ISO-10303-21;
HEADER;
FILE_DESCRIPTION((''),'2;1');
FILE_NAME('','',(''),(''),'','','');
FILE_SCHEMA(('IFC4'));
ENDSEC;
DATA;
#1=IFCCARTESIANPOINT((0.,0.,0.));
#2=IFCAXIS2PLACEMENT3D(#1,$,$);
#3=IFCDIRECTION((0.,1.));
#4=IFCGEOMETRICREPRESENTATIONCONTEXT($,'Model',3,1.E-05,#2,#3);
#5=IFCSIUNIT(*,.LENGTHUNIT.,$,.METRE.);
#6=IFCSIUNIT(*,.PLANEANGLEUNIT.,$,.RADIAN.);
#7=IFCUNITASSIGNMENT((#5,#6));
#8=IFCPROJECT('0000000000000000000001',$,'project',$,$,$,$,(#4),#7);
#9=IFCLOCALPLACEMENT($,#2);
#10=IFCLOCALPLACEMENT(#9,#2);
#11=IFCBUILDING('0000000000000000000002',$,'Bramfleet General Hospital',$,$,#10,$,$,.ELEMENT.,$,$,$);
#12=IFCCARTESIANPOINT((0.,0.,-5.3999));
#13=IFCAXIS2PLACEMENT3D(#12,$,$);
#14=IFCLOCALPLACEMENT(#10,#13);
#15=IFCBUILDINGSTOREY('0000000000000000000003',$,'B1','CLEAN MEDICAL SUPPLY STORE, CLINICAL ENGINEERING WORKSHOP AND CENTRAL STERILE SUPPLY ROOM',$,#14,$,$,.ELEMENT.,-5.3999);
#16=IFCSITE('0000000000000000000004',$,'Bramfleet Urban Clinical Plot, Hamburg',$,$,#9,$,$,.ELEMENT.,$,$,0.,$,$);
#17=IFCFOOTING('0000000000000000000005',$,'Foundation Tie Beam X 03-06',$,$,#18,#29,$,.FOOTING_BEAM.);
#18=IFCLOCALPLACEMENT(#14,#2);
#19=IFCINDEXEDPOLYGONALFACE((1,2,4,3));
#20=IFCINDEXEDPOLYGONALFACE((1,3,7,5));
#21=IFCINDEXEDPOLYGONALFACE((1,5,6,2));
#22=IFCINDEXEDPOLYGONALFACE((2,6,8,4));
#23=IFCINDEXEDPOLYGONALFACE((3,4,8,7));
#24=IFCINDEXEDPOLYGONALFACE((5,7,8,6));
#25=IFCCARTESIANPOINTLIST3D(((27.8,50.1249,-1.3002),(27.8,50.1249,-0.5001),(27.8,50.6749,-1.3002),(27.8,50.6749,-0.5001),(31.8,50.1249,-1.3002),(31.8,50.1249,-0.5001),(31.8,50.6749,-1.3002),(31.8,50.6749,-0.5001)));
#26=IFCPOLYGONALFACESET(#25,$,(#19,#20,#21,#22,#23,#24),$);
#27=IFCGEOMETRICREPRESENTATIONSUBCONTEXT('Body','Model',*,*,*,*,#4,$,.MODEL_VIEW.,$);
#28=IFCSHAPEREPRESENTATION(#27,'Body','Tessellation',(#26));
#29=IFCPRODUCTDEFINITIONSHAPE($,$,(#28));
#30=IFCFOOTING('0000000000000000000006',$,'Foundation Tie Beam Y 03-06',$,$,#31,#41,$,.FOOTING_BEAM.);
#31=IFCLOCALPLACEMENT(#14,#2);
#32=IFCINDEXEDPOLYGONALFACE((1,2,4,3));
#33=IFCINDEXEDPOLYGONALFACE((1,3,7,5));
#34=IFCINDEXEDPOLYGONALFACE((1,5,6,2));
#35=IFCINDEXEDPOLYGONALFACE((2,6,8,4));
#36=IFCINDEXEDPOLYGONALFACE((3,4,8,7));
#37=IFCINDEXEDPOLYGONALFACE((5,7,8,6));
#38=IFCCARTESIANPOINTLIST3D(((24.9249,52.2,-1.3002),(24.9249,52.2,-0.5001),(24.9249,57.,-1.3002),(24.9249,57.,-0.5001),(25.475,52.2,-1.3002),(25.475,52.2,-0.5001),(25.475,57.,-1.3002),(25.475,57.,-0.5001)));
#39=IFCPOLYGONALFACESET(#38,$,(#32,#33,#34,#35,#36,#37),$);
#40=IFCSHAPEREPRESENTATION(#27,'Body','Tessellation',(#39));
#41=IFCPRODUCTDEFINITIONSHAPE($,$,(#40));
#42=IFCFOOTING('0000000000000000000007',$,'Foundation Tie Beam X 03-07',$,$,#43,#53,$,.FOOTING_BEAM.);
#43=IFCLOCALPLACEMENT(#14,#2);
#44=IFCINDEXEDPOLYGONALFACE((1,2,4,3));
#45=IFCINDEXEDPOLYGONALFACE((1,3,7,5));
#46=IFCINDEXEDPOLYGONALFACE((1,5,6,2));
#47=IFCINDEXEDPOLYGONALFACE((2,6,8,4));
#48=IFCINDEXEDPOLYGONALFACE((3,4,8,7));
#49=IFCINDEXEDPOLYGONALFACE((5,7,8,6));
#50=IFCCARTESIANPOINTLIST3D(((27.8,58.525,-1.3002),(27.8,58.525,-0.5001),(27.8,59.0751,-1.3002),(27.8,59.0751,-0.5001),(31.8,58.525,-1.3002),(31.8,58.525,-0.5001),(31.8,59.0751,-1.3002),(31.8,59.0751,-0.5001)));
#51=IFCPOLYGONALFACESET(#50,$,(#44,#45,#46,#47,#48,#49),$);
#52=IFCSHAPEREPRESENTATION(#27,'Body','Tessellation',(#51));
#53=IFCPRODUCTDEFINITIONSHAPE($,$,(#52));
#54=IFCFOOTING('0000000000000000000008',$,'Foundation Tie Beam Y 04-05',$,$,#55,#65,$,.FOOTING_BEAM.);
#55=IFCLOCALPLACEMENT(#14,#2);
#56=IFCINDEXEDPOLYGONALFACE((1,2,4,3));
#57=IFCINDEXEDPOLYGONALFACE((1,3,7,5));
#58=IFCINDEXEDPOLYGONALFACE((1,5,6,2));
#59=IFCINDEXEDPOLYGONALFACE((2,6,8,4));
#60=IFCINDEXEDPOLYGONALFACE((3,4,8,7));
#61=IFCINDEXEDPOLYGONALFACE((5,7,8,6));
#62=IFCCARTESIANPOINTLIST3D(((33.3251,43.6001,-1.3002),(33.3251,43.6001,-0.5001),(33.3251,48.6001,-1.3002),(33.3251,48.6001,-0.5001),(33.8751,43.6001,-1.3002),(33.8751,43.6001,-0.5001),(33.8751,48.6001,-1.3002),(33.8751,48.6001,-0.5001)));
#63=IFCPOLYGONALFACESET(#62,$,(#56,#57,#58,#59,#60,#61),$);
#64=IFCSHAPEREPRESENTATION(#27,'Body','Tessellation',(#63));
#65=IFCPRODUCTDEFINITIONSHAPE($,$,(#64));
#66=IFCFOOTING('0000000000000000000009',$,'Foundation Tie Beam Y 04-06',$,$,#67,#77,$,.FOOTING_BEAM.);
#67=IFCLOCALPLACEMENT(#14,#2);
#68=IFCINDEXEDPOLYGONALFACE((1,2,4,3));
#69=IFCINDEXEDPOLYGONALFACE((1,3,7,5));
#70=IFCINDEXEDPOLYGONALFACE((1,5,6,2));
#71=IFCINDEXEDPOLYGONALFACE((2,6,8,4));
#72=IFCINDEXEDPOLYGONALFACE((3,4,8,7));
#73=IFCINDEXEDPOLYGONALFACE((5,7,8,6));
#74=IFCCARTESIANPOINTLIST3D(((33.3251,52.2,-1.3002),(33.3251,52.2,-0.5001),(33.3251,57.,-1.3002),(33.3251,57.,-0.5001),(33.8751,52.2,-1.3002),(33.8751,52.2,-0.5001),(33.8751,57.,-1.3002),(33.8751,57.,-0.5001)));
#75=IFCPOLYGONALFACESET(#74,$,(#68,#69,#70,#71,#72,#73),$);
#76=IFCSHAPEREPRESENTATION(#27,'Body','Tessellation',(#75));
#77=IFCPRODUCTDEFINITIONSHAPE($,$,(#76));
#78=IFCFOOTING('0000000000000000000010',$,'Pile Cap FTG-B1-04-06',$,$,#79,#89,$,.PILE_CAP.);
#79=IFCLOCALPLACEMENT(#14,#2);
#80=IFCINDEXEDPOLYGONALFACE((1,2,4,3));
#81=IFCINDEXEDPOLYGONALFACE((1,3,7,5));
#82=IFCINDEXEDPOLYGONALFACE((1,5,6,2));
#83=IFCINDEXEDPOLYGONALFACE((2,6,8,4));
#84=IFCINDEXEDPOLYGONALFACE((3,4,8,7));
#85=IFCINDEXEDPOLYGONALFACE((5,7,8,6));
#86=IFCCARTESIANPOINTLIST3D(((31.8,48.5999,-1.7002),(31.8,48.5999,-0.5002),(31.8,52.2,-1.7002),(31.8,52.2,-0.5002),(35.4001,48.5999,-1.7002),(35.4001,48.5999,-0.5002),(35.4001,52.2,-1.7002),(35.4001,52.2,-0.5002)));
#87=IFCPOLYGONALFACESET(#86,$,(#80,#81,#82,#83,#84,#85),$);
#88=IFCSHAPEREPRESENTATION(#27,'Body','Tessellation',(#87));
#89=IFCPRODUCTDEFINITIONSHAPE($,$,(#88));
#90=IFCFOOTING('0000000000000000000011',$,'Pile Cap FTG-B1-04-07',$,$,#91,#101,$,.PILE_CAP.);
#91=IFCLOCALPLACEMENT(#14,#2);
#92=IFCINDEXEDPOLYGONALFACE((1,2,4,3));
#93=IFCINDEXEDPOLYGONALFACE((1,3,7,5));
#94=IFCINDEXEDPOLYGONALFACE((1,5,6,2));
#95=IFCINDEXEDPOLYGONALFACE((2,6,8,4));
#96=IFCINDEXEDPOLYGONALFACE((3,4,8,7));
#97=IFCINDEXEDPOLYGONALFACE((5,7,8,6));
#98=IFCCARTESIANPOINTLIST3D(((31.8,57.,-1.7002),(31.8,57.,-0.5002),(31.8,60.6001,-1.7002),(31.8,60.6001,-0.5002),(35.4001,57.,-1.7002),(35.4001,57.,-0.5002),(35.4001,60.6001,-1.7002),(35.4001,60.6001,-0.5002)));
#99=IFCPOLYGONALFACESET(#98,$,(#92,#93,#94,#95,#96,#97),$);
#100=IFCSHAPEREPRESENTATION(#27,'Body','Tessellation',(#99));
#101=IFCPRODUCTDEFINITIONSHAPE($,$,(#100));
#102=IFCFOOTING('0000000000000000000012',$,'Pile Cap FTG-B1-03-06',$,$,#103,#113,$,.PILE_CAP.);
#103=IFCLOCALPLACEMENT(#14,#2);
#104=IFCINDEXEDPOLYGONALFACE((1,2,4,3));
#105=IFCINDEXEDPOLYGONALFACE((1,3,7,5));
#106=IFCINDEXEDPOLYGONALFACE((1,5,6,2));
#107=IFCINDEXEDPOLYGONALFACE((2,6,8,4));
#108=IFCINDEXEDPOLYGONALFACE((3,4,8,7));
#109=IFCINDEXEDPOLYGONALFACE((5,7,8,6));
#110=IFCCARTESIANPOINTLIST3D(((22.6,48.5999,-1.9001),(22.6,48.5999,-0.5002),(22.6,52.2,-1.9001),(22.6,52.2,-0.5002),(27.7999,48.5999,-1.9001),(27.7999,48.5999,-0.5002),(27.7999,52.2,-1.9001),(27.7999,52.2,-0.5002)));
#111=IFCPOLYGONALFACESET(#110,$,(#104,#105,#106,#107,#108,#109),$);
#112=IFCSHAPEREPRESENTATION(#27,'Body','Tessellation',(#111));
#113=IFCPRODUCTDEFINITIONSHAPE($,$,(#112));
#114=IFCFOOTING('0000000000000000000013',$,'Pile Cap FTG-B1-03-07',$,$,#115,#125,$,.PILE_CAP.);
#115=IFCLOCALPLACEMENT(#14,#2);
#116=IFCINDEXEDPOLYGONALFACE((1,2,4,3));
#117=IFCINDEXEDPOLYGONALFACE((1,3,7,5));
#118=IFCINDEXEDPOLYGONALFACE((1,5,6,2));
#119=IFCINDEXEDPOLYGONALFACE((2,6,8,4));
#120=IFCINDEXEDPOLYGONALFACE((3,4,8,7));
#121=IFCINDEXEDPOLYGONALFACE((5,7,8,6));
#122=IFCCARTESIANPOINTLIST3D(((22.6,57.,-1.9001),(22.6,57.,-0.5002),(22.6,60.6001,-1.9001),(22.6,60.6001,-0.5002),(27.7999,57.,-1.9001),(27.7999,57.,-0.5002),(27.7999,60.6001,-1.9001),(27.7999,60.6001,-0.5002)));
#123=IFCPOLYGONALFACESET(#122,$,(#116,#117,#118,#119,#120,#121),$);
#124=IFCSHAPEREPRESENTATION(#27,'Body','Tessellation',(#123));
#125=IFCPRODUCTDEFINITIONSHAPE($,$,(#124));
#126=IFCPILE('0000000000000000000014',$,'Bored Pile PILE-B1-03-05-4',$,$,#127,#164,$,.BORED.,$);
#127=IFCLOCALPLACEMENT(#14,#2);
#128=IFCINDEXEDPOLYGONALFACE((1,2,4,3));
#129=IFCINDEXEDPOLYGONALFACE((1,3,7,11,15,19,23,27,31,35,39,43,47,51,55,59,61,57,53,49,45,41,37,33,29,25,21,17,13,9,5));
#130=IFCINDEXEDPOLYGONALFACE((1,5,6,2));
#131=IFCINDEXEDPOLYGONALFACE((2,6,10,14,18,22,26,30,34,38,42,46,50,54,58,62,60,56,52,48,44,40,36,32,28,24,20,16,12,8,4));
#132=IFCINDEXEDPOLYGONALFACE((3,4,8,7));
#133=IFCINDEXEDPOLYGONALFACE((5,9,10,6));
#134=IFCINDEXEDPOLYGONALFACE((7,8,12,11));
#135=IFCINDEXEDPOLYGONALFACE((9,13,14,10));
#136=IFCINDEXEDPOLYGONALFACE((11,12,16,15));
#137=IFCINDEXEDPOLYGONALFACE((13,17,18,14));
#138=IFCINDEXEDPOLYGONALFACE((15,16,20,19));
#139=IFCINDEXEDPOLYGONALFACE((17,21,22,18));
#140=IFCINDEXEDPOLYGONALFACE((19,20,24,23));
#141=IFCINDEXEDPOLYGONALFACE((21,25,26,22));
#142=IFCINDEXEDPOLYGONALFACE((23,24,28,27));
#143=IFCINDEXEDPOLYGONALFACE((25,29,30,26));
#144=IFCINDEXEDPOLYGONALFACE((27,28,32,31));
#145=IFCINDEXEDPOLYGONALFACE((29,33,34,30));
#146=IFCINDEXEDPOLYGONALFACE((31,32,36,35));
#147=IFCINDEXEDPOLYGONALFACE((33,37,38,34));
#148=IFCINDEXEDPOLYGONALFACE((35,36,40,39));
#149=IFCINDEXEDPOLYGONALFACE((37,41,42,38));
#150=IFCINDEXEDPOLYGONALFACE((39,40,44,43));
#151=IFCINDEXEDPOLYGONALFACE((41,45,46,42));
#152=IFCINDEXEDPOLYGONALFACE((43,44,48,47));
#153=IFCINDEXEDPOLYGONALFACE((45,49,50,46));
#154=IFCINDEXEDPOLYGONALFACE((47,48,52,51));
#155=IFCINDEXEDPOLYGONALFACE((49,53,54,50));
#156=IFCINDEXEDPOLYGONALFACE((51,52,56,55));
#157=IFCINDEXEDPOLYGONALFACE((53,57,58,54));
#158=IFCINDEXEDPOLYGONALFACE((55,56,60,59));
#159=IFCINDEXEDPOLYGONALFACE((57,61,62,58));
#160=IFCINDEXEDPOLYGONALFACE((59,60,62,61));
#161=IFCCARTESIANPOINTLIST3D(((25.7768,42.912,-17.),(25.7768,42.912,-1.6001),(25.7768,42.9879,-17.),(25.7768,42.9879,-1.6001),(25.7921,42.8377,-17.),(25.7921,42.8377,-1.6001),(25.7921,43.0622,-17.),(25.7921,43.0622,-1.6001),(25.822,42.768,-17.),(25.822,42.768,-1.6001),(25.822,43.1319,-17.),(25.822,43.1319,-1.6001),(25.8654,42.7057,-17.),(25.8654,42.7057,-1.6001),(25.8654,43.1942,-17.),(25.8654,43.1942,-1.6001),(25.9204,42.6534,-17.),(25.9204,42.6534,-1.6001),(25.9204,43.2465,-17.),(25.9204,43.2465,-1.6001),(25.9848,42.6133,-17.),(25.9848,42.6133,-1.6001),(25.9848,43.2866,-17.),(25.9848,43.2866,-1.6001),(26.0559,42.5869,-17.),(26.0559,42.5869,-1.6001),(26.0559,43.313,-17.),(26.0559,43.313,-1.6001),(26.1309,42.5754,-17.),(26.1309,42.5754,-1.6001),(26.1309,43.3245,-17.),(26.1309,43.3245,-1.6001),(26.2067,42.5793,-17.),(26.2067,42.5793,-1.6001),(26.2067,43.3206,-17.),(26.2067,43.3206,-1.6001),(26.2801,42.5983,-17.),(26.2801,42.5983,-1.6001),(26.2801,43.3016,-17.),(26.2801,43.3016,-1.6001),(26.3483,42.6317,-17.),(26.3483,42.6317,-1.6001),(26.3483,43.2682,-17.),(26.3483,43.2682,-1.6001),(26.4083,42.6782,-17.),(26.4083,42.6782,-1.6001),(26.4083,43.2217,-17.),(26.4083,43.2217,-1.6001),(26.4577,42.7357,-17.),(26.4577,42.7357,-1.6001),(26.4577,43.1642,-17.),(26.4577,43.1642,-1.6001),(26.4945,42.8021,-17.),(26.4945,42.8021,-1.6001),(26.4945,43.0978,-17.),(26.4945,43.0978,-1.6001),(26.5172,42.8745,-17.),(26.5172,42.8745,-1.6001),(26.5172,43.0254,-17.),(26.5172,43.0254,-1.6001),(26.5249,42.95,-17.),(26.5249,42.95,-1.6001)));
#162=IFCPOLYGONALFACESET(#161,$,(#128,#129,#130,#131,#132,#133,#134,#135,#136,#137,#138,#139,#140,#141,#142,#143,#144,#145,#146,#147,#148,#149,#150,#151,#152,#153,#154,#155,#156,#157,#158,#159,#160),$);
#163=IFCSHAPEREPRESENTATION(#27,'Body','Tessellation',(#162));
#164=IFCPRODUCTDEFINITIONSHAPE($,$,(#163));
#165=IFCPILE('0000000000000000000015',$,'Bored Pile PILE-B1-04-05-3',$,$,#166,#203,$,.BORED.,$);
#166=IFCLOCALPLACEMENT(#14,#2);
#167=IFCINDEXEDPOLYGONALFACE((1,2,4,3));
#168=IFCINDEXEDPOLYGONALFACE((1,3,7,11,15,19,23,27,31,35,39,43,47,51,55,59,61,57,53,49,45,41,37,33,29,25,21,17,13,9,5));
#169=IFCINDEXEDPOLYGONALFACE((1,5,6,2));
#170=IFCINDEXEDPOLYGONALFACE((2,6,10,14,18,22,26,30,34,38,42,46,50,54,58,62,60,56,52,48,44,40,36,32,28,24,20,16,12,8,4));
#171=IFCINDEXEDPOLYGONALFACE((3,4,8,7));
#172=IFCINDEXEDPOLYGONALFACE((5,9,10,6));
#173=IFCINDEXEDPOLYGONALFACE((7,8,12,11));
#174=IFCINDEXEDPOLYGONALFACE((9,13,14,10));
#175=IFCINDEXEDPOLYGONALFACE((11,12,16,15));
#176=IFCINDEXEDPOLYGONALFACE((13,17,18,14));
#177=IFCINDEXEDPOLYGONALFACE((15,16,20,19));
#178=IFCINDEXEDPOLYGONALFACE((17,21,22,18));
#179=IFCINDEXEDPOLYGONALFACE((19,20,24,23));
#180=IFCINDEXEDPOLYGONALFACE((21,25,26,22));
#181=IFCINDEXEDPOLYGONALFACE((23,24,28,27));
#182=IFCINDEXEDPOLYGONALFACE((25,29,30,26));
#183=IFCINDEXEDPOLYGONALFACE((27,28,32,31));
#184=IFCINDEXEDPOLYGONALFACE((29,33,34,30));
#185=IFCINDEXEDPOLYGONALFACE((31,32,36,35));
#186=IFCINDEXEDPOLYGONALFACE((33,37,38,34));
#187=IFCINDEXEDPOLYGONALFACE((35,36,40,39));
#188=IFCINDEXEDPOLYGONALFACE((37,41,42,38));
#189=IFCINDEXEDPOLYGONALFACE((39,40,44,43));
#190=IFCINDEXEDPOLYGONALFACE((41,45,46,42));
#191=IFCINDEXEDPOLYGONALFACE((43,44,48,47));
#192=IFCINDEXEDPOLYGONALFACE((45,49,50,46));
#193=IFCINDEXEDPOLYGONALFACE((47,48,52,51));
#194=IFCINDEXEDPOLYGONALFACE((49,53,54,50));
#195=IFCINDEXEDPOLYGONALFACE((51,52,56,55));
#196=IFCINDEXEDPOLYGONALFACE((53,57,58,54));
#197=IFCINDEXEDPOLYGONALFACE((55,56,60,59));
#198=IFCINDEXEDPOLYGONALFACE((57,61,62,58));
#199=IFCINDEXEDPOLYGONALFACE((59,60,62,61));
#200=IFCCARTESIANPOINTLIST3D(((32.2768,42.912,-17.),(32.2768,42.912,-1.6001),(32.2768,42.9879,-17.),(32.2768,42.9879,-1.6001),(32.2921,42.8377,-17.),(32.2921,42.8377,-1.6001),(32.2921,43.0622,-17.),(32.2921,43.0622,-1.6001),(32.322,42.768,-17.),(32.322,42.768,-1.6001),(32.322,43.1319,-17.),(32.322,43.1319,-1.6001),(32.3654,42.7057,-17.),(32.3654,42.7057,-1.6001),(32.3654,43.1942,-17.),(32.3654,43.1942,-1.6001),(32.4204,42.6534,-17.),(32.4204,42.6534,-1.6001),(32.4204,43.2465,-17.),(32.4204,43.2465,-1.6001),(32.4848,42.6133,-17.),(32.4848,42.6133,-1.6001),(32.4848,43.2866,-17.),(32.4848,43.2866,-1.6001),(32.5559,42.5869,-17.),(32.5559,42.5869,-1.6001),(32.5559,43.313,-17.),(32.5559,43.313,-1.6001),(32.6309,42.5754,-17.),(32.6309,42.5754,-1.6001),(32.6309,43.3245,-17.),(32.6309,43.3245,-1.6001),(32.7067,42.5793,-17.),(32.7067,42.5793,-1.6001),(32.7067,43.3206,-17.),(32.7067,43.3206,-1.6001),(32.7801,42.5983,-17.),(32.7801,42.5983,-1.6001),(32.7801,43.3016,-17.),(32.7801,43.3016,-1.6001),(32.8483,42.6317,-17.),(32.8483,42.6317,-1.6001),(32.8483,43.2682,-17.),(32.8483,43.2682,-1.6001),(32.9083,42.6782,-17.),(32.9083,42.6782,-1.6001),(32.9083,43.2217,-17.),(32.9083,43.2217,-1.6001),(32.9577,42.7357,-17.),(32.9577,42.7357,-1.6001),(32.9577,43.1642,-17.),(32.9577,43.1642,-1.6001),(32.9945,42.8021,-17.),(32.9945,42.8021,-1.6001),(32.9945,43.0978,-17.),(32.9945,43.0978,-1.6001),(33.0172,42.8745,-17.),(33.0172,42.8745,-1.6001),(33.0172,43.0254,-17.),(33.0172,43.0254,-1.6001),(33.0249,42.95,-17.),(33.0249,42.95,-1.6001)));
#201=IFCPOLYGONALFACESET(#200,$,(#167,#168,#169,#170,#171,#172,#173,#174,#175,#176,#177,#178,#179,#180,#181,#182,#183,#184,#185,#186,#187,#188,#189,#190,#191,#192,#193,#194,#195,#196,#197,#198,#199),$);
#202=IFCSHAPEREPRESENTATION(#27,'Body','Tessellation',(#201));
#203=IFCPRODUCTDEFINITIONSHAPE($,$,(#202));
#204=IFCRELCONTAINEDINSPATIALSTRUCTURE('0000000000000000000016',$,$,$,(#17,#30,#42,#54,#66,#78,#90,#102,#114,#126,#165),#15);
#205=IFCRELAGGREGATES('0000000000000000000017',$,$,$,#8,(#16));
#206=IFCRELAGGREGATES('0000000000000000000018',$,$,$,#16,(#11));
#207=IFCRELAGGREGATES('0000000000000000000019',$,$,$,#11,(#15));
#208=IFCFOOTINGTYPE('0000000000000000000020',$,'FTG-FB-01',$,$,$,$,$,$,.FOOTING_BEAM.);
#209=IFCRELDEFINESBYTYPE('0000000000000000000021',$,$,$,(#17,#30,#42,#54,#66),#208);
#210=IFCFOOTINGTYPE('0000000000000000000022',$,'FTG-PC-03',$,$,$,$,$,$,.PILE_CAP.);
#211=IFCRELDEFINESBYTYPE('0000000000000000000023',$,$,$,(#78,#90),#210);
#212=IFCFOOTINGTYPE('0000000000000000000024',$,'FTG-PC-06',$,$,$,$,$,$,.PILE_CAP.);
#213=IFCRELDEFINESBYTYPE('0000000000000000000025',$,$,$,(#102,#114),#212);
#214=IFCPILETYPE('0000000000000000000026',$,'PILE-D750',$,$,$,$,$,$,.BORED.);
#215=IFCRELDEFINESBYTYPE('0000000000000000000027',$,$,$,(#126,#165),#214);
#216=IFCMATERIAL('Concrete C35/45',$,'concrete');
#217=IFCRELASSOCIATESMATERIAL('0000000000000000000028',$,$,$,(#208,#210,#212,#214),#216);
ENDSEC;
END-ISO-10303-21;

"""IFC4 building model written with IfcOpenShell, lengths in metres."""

from ifc_helpers import new_model, si_unit, direction, frame, origin, origin_2d, place, context, subcontext, project, spatial, rectangle, circle, extrude, material, material_profile, profile_set, type_object, element, save


model = new_model("IFC4")

# Units and contexts
model_context = context("Model", 3, precision=1e-05, world=origin(), true_north=direction((0.0, 1.0)))
body_context = subcontext(model_context, "Body", "Model", "MODEL_VIEW")
ifc_project = project(units=[si_unit("LENGTHUNIT", "METRE"), si_unit("PLANEANGLEUNIT", "RADIAN")], contexts=[model_context])

# Site, building, storey
site_placement = place(None, origin())
site = spatial("IfcSite", under=ifc_project, at=site_placement, Name="Bramfleet Urban Clinical Plot, Hamburg", CompositionType="ELEMENT", RefElevation=0.0)
building_placement = place(site_placement, origin())
building = spatial("IfcBuilding", under=site, at=building_placement, Name="Bramfleet General Hospital", CompositionType="ELEMENT")
storey_placement = place(building_placement, frame((0.0, 0.0, -5.3999)))
storey = spatial("IfcBuildingStorey", under=building, at=storey_placement, Name="B1", Description="CLEAN MEDICAL SUPPLY STORE, CLINICAL ENGINEERING WORKSHOP AND CENTRAL STERILE SUPPLY ROOM", CompositionType="ELEMENT", Elevation=-5.3999)

# Footings
ifc_material_1 = material(Name="Concrete C35/45", Category="concrete")
ifc_material_profile_1 = material_profile(ifc_material_1, rectangle(XDim=0.55, YDim=0.8, at=origin_2d()), Name="RC FB 800x550")
ifc_profile_set_1 = profile_set([ifc_material_profile_1], Name="Concrete C35/45")
footing_type_1 = type_object("IfcFootingType", Name="FTG-FB-01", PredefinedType="FOOTING_BEAM", material=ifc_profile_set_1)
footing_1_placement = place(storey_placement, frame((27.8, 50.3999, -0.9001), z_axis=(1.0, 0.0, 0.0), x_axis=(0.0, 1.0, 0.0)))
element("IfcFooting", 1, at=footing_1_placement, inside=storey, type_object=footing_type_1, Name="Foundation Tie Beam X 03-06", PredefinedType="FOOTING_BEAM", context=body_context, shape_type="SweptSolid", body=[
    extrude(rectangle(XDim=0.55, YDim=0.8, at=origin_2d()), origin(), (0.0, 0.0, 1.0), 4.0),
])
footing_2_placement = place(storey_placement, frame((25.2, 52.2, -0.9001), z_axis=(0.0, 1.0, 0.0), x_axis=(-1.0, 0.0, 0.0)))
element("IfcFooting", 2, at=footing_2_placement, inside=storey, type_object=footing_type_1, Name="Foundation Tie Beam Y 03-06", PredefinedType="FOOTING_BEAM", context=body_context, shape_type="SweptSolid", body=[
    extrude(rectangle(XDim=0.55, YDim=0.8, at=origin_2d()), origin(), (0.0, 0.0, 1.0), 4.8),
])
footing_3_placement = place(storey_placement, frame((27.8, 58.8, -0.9001), z_axis=(1.0, 0.0, 0.0), x_axis=(0.0, 1.0, 0.0)))
element("IfcFooting", 3, at=footing_3_placement, inside=storey, type_object=footing_type_1, Name="Foundation Tie Beam X 03-07", PredefinedType="FOOTING_BEAM", context=body_context, shape_type="SweptSolid", body=[
    extrude(rectangle(XDim=0.55, YDim=0.8, at=origin_2d()), origin(), (0.0, 0.0, 1.0), 4.0),
])
footing_4_placement = place(storey_placement, frame((33.6001, 43.6001, -0.9001), z_axis=(0.0, 1.0, 0.0), x_axis=(-1.0, 0.0, 0.0)))
element("IfcFooting", 4, at=footing_4_placement, inside=storey, type_object=footing_type_1, Name="Foundation Tie Beam Y 04-05", PredefinedType="FOOTING_BEAM", context=body_context, shape_type="SweptSolid", body=[
    extrude(rectangle(XDim=0.55, YDim=0.8, at=origin_2d()), origin(), (0.0, 0.0, 1.0), 5.0),
])
footing_5_placement = place(storey_placement, frame((33.6001, 52.2, -0.9001), z_axis=(0.0, 1.0, 0.0), x_axis=(-1.0, 0.0, 0.0)))
element("IfcFooting", 5, at=footing_5_placement, inside=storey, type_object=footing_type_1, Name="Foundation Tie Beam Y 04-06", PredefinedType="FOOTING_BEAM", context=body_context, shape_type="SweptSolid", body=[
    extrude(rectangle(XDim=0.55, YDim=0.8, at=origin_2d()), origin(), (0.0, 0.0, 1.0), 4.8),
])
footing_type_2 = type_object("IfcFootingType", Name="FTG-PC-03", PredefinedType="PILE_CAP", material=ifc_material_1)
for number, where, z_axis, x_axis, name in (
    (6, (33.6001, 50.3999, -1.7002), (0.0, 0.0, 1.0), (1.0, 0.0, 0.0), "Pile Cap FTG-B1-04-06"),
    (7, (33.6001, 58.8, -1.7002), (0.0, 0.0, 1.0), (1.0, 0.0, 0.0), "Pile Cap FTG-B1-04-07"),
):
    element("IfcFooting", number, at=place(storey_placement, frame(where, z_axis=z_axis, x_axis=x_axis)), inside=storey, type_object=footing_type_2, Name=name, PredefinedType="PILE_CAP", context=body_context, shape_type="SweptSolid", body=[
        extrude(rectangle(XDim=3.6001, YDim=3.6001, at=origin_2d()), origin(), (0.0, 0.0, 1.0), 1.2),
    ])
footing_type_3 = type_object("IfcFootingType", Name="FTG-PC-06", PredefinedType="PILE_CAP", material=ifc_material_1)
for number, where, z_axis, x_axis, name in (
    (8, (25.2, 50.3999, -1.9001), (0.0, 0.0, 1.0), (1.0, 0.0, 0.0), "Pile Cap FTG-B1-03-06"),
    (9, (25.2, 58.8, -1.9001), (0.0, 0.0, 1.0), (1.0, 0.0, 0.0), "Pile Cap FTG-B1-03-07"),
):
    element("IfcFooting", number, at=place(storey_placement, frame(where, z_axis=z_axis, x_axis=x_axis)), inside=storey, type_object=footing_type_3, Name=name, PredefinedType="PILE_CAP", context=body_context, shape_type="SweptSolid", body=[
        extrude(rectangle(XDim=5.2, YDim=3.6001, at=origin_2d()), origin(), (0.0, 0.0, 1.0), 1.3999),
    ])

# Piles
ifc_material_profile_2 = material_profile(ifc_material_1, circle(Radius=0.375, at=origin_2d()), Name="PILE BORED D750")
ifc_profile_set_2 = profile_set([ifc_material_profile_2], Name="Concrete C35/45")
pile_type_1 = type_object("IfcPileType", Name="PILE-D750", PredefinedType="BORED", material=ifc_profile_set_2)
for number, where, z_axis, x_axis, name in (
    (10, (26.1499, 42.95, -1.6001), (0.0, 0.0, -1.0), (1.0, 0.0, 0.0), "Bored Pile PILE-B1-03-05-4"),
    (11, (32.6499, 42.95, -1.6001), (0.0, 0.0, -1.0), (1.0, 0.0, 0.0), "Bored Pile PILE-B1-04-05-3"),
):
    element("IfcPile", number, at=place(storey_placement, frame(where, z_axis=z_axis, x_axis=x_axis)), inside=storey, type_object=pile_type_1, Name=name, PredefinedType="BORED", context=body_context, shape_type="SweptSolid", body=[
        extrude(circle(Radius=0.375, at=origin_2d()), origin(), (0.0, 0.0, 1.0), 15.3999),
    ])

save(model, "model.ifc")
